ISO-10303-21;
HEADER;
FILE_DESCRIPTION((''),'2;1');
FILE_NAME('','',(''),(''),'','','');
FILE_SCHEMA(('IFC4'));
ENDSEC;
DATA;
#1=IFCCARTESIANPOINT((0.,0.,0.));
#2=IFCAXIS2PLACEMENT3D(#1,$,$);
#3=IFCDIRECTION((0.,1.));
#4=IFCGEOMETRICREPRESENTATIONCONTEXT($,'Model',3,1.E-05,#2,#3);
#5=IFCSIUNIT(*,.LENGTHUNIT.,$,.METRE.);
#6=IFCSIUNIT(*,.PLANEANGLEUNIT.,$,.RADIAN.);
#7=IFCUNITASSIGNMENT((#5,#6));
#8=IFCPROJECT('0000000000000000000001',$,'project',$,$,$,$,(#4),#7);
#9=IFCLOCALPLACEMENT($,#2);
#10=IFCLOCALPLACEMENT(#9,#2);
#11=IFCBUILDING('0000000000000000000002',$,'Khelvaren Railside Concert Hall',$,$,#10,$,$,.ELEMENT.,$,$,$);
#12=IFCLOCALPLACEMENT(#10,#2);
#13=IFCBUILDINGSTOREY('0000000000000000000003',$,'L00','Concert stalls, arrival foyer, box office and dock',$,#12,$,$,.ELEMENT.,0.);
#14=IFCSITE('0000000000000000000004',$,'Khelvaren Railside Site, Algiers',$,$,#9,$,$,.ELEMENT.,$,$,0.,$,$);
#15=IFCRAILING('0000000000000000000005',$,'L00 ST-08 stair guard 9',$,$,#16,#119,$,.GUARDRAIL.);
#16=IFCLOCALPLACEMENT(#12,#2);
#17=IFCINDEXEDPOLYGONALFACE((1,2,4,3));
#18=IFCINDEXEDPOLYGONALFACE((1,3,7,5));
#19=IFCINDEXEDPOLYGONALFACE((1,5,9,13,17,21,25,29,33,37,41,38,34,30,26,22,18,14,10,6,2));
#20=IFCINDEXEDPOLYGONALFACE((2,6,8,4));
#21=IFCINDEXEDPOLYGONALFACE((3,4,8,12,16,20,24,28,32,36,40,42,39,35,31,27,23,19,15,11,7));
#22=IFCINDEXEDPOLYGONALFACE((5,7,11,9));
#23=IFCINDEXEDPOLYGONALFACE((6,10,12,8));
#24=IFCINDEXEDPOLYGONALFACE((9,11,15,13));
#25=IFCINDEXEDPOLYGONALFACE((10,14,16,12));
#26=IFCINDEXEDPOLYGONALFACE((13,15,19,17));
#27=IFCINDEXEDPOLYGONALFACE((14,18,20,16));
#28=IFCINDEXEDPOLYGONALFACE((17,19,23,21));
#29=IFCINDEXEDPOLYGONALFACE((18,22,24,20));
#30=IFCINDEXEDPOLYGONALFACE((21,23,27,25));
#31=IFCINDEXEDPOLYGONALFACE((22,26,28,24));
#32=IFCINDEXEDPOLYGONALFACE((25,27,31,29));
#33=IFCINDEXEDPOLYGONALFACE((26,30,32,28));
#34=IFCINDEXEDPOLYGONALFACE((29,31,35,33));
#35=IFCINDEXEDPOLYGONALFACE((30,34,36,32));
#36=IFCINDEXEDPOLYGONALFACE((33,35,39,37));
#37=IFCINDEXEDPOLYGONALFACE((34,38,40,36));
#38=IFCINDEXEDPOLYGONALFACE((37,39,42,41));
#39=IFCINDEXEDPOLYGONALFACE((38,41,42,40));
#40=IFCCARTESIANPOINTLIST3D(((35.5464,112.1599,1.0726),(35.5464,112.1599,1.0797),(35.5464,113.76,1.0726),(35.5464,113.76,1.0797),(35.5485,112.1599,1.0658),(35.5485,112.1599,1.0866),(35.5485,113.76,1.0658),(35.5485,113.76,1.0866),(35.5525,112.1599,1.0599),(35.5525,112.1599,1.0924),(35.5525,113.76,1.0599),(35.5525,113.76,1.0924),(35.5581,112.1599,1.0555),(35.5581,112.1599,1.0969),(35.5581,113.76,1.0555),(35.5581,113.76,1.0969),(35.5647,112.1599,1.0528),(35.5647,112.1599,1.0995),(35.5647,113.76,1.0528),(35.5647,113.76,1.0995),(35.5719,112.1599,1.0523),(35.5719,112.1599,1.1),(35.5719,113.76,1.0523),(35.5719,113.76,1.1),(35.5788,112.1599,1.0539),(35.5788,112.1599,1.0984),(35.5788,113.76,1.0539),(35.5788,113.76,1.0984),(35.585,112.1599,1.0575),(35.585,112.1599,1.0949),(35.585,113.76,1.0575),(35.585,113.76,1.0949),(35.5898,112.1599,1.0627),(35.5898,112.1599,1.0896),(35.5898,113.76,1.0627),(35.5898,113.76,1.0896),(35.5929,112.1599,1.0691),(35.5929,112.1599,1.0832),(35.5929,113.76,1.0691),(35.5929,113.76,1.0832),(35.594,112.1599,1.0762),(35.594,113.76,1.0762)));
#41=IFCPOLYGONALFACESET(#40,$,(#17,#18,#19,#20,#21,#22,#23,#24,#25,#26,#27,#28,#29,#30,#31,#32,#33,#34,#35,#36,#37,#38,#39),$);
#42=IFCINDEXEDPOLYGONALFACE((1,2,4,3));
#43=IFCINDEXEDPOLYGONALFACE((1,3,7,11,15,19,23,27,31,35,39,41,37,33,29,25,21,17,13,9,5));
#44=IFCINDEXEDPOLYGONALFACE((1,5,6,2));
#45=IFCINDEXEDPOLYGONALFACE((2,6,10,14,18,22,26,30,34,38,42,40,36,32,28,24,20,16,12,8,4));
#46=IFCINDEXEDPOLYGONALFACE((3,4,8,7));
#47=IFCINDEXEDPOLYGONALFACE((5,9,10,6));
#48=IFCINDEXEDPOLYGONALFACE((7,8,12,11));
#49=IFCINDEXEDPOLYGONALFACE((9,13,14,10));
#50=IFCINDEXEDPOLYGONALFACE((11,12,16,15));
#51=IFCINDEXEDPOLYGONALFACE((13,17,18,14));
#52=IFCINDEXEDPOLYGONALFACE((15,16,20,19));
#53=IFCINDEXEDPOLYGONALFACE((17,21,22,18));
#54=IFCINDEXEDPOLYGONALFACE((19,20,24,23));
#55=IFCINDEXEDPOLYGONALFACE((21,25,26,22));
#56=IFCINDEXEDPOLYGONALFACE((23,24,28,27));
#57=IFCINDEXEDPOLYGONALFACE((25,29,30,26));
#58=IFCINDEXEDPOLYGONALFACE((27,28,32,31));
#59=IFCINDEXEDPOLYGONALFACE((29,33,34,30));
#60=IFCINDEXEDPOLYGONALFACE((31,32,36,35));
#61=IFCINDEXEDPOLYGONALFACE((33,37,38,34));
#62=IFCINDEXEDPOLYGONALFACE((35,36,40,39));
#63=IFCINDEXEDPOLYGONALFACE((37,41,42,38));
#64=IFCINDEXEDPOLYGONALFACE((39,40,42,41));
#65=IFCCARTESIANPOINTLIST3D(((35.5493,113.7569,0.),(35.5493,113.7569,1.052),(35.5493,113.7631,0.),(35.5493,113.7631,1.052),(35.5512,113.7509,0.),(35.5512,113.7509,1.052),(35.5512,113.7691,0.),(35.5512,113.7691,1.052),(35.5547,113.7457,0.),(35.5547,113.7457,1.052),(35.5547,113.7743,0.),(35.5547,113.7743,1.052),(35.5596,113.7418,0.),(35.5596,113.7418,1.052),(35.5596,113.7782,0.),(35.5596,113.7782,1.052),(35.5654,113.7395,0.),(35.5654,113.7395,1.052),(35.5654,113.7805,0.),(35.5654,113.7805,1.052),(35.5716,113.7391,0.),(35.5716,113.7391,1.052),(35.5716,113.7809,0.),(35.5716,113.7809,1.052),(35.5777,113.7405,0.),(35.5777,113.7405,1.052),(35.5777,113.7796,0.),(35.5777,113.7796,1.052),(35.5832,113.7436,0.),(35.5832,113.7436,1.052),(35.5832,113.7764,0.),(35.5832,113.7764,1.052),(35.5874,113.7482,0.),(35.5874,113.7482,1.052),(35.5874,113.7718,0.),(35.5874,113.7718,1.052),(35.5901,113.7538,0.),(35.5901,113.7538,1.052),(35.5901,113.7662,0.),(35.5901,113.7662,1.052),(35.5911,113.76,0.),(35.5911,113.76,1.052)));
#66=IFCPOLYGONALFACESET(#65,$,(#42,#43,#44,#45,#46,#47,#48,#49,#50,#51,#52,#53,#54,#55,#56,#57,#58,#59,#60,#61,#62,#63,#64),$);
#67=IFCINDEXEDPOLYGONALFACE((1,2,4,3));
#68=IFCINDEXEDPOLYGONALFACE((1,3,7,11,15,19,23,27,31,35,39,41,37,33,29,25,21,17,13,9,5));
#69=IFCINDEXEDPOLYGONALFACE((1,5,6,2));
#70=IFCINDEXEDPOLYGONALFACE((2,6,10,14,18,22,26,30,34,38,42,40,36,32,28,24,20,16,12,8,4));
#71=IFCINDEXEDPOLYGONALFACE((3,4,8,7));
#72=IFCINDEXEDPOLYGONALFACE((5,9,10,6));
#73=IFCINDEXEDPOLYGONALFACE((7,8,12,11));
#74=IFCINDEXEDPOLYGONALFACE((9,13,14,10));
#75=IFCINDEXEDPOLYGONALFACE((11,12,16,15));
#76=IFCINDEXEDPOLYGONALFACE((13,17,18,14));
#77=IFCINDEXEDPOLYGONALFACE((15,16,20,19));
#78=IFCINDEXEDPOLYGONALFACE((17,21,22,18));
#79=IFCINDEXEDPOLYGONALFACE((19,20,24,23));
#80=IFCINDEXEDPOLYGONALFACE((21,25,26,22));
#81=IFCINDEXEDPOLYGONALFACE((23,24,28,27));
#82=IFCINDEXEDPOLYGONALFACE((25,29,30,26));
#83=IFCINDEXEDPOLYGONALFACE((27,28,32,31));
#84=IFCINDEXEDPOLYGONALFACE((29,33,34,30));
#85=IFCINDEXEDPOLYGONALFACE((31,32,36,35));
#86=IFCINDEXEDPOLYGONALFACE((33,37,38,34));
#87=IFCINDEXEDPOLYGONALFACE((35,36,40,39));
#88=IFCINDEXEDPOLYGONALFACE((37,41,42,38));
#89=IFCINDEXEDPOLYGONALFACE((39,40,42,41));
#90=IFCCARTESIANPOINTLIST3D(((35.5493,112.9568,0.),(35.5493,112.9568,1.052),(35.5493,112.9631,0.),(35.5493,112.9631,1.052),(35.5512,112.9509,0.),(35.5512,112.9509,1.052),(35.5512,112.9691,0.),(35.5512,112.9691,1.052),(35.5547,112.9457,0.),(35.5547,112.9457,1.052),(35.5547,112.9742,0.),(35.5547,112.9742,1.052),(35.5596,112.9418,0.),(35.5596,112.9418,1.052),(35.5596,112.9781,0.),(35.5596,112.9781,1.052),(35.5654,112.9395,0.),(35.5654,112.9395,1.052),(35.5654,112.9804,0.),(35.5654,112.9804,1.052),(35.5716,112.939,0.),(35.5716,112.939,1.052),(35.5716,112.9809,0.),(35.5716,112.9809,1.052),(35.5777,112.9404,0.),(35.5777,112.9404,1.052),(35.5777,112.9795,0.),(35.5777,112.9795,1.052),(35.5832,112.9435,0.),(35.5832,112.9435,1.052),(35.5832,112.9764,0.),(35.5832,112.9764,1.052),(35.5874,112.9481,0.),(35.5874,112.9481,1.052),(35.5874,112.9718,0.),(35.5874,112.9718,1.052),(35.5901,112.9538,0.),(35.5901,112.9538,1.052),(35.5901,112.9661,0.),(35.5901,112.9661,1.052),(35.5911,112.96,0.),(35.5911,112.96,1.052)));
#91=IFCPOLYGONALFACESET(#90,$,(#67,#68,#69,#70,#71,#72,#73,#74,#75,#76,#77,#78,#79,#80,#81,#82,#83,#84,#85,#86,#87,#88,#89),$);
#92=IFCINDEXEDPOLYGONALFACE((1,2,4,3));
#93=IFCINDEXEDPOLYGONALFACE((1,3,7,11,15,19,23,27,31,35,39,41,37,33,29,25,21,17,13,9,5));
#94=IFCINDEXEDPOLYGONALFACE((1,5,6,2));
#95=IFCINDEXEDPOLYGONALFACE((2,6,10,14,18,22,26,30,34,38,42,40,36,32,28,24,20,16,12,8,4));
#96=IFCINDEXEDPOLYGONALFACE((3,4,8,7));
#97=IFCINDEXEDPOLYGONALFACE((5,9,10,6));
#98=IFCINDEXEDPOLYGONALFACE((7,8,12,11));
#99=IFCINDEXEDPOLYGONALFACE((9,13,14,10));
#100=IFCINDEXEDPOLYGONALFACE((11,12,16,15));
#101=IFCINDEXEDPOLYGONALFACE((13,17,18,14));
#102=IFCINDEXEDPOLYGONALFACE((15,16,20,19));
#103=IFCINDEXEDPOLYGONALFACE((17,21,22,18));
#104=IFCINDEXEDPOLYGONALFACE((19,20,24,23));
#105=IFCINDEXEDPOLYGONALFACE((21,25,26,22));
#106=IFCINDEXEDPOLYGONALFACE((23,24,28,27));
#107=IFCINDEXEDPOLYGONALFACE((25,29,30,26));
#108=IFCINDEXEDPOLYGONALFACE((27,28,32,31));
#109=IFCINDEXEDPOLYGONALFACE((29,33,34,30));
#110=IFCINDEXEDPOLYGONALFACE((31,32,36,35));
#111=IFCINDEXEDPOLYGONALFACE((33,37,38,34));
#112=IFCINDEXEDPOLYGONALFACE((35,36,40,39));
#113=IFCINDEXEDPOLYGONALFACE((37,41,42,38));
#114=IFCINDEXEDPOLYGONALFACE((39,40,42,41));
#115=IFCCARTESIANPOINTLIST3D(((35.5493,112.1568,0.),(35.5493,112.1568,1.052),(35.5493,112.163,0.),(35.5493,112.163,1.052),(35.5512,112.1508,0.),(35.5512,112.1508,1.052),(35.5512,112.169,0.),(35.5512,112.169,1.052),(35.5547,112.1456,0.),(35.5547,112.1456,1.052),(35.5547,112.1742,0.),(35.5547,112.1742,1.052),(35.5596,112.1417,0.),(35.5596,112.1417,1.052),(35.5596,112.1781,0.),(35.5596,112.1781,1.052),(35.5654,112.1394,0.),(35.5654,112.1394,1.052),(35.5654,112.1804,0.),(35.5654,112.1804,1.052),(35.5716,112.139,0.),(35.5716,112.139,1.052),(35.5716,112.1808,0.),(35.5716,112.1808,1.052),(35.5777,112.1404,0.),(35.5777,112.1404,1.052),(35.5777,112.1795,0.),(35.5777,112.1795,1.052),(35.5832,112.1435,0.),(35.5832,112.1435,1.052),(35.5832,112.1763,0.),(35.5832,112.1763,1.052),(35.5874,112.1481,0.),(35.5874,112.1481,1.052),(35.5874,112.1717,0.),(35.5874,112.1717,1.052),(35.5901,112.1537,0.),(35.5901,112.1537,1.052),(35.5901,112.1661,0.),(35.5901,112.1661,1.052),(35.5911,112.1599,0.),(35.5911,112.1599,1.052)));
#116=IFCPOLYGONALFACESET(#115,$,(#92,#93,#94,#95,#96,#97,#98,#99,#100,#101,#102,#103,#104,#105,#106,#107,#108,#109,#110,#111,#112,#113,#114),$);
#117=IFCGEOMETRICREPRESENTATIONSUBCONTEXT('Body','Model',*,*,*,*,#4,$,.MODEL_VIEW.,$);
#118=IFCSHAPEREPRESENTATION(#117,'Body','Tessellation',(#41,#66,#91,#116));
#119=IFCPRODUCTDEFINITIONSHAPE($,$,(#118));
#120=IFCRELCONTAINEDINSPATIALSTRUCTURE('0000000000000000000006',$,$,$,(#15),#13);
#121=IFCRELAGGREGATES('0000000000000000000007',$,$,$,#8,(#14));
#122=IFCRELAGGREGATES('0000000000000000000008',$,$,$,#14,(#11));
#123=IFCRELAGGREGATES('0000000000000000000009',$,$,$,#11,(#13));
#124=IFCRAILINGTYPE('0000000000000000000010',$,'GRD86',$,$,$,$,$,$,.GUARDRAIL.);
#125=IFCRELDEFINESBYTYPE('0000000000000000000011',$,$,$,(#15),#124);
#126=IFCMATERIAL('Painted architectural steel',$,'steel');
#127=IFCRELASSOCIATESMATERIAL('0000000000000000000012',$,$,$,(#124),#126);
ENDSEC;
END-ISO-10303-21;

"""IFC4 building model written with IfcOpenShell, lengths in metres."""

from ifc_helpers import new_model, si_unit, direction, frame, origin, origin_2d, place, context, subcontext, project, spatial, circle, extrude, material, type_object, element, save


model = new_model("IFC4")

# Units and contexts
model_context = context("Model", 3, precision=1e-05, world=origin(), true_north=direction((0.0, 1.0)))
body_context = subcontext(model_context, "Body", "Model", "MODEL_VIEW")
ifc_project = project(units=[si_unit("LENGTHUNIT", "METRE"), si_unit("PLANEANGLEUNIT", "RADIAN")], contexts=[model_context])

# Site, building, storey
site_placement = place(None, origin())
site = spatial("IfcSite", under=ifc_project, at=site_placement, Name="Khelvaren Railside Site, Algiers", CompositionType="ELEMENT", RefElevation=0.0)
building_placement = place(site_placement, origin())
building = spatial("IfcBuilding", under=site, at=building_placement, Name="Khelvaren Railside Concert Hall", CompositionType="ELEMENT")
storey_placement = place(building_placement, origin())
storey = spatial("IfcBuildingStorey", under=building, at=storey_placement, Name="L00", Description="Concert stalls, arrival foyer, box office and dock", CompositionType="ELEMENT", Elevation=0.0)

# Railing
ifc_material_1 = material(Name="Painted architectural steel", Category="steel")
railing_type_1 = type_object("IfcRailingType", Name="GRD86", PredefinedType="GUARDRAIL", material=ifc_material_1)
for number, where, name in (
    (1, (35.5701, 113.76, 0.0), "L00 ST-08 stair guard 9"),
):
    element("IfcRailing", number, at=place(storey_placement, frame(where)), inside=storey, type_object=railing_type_1, Name=name, PredefinedType="GUARDRAIL", context=body_context, shape_type="SweptSolid", body=[
        extrude(circle(Radius=0.0239, at=origin_2d()), frame((0.0, 0.0, 1.0762), z_axis=(0.0, -1.0, 0.0), x_axis=(1.0, 0.0, 0.0)), (0.0, 0.0, 1.0), 1.6001),
        extrude(circle(Radius=0.021, at=origin_2d()), origin(), (0.0, 0.0, 1.0), 1.052),
        extrude(circle(Radius=0.021, at=origin_2d()), frame((0.0, -0.8, 0.0)), (0.0, 0.0, 1.0), 1.052),
        extrude(circle(Radius=0.021, at=origin_2d()), frame((0.0, -1.6001, 0.0)), (0.0, 0.0, 1.0), 1.052),
    ])

save(model, "model.ifc")
